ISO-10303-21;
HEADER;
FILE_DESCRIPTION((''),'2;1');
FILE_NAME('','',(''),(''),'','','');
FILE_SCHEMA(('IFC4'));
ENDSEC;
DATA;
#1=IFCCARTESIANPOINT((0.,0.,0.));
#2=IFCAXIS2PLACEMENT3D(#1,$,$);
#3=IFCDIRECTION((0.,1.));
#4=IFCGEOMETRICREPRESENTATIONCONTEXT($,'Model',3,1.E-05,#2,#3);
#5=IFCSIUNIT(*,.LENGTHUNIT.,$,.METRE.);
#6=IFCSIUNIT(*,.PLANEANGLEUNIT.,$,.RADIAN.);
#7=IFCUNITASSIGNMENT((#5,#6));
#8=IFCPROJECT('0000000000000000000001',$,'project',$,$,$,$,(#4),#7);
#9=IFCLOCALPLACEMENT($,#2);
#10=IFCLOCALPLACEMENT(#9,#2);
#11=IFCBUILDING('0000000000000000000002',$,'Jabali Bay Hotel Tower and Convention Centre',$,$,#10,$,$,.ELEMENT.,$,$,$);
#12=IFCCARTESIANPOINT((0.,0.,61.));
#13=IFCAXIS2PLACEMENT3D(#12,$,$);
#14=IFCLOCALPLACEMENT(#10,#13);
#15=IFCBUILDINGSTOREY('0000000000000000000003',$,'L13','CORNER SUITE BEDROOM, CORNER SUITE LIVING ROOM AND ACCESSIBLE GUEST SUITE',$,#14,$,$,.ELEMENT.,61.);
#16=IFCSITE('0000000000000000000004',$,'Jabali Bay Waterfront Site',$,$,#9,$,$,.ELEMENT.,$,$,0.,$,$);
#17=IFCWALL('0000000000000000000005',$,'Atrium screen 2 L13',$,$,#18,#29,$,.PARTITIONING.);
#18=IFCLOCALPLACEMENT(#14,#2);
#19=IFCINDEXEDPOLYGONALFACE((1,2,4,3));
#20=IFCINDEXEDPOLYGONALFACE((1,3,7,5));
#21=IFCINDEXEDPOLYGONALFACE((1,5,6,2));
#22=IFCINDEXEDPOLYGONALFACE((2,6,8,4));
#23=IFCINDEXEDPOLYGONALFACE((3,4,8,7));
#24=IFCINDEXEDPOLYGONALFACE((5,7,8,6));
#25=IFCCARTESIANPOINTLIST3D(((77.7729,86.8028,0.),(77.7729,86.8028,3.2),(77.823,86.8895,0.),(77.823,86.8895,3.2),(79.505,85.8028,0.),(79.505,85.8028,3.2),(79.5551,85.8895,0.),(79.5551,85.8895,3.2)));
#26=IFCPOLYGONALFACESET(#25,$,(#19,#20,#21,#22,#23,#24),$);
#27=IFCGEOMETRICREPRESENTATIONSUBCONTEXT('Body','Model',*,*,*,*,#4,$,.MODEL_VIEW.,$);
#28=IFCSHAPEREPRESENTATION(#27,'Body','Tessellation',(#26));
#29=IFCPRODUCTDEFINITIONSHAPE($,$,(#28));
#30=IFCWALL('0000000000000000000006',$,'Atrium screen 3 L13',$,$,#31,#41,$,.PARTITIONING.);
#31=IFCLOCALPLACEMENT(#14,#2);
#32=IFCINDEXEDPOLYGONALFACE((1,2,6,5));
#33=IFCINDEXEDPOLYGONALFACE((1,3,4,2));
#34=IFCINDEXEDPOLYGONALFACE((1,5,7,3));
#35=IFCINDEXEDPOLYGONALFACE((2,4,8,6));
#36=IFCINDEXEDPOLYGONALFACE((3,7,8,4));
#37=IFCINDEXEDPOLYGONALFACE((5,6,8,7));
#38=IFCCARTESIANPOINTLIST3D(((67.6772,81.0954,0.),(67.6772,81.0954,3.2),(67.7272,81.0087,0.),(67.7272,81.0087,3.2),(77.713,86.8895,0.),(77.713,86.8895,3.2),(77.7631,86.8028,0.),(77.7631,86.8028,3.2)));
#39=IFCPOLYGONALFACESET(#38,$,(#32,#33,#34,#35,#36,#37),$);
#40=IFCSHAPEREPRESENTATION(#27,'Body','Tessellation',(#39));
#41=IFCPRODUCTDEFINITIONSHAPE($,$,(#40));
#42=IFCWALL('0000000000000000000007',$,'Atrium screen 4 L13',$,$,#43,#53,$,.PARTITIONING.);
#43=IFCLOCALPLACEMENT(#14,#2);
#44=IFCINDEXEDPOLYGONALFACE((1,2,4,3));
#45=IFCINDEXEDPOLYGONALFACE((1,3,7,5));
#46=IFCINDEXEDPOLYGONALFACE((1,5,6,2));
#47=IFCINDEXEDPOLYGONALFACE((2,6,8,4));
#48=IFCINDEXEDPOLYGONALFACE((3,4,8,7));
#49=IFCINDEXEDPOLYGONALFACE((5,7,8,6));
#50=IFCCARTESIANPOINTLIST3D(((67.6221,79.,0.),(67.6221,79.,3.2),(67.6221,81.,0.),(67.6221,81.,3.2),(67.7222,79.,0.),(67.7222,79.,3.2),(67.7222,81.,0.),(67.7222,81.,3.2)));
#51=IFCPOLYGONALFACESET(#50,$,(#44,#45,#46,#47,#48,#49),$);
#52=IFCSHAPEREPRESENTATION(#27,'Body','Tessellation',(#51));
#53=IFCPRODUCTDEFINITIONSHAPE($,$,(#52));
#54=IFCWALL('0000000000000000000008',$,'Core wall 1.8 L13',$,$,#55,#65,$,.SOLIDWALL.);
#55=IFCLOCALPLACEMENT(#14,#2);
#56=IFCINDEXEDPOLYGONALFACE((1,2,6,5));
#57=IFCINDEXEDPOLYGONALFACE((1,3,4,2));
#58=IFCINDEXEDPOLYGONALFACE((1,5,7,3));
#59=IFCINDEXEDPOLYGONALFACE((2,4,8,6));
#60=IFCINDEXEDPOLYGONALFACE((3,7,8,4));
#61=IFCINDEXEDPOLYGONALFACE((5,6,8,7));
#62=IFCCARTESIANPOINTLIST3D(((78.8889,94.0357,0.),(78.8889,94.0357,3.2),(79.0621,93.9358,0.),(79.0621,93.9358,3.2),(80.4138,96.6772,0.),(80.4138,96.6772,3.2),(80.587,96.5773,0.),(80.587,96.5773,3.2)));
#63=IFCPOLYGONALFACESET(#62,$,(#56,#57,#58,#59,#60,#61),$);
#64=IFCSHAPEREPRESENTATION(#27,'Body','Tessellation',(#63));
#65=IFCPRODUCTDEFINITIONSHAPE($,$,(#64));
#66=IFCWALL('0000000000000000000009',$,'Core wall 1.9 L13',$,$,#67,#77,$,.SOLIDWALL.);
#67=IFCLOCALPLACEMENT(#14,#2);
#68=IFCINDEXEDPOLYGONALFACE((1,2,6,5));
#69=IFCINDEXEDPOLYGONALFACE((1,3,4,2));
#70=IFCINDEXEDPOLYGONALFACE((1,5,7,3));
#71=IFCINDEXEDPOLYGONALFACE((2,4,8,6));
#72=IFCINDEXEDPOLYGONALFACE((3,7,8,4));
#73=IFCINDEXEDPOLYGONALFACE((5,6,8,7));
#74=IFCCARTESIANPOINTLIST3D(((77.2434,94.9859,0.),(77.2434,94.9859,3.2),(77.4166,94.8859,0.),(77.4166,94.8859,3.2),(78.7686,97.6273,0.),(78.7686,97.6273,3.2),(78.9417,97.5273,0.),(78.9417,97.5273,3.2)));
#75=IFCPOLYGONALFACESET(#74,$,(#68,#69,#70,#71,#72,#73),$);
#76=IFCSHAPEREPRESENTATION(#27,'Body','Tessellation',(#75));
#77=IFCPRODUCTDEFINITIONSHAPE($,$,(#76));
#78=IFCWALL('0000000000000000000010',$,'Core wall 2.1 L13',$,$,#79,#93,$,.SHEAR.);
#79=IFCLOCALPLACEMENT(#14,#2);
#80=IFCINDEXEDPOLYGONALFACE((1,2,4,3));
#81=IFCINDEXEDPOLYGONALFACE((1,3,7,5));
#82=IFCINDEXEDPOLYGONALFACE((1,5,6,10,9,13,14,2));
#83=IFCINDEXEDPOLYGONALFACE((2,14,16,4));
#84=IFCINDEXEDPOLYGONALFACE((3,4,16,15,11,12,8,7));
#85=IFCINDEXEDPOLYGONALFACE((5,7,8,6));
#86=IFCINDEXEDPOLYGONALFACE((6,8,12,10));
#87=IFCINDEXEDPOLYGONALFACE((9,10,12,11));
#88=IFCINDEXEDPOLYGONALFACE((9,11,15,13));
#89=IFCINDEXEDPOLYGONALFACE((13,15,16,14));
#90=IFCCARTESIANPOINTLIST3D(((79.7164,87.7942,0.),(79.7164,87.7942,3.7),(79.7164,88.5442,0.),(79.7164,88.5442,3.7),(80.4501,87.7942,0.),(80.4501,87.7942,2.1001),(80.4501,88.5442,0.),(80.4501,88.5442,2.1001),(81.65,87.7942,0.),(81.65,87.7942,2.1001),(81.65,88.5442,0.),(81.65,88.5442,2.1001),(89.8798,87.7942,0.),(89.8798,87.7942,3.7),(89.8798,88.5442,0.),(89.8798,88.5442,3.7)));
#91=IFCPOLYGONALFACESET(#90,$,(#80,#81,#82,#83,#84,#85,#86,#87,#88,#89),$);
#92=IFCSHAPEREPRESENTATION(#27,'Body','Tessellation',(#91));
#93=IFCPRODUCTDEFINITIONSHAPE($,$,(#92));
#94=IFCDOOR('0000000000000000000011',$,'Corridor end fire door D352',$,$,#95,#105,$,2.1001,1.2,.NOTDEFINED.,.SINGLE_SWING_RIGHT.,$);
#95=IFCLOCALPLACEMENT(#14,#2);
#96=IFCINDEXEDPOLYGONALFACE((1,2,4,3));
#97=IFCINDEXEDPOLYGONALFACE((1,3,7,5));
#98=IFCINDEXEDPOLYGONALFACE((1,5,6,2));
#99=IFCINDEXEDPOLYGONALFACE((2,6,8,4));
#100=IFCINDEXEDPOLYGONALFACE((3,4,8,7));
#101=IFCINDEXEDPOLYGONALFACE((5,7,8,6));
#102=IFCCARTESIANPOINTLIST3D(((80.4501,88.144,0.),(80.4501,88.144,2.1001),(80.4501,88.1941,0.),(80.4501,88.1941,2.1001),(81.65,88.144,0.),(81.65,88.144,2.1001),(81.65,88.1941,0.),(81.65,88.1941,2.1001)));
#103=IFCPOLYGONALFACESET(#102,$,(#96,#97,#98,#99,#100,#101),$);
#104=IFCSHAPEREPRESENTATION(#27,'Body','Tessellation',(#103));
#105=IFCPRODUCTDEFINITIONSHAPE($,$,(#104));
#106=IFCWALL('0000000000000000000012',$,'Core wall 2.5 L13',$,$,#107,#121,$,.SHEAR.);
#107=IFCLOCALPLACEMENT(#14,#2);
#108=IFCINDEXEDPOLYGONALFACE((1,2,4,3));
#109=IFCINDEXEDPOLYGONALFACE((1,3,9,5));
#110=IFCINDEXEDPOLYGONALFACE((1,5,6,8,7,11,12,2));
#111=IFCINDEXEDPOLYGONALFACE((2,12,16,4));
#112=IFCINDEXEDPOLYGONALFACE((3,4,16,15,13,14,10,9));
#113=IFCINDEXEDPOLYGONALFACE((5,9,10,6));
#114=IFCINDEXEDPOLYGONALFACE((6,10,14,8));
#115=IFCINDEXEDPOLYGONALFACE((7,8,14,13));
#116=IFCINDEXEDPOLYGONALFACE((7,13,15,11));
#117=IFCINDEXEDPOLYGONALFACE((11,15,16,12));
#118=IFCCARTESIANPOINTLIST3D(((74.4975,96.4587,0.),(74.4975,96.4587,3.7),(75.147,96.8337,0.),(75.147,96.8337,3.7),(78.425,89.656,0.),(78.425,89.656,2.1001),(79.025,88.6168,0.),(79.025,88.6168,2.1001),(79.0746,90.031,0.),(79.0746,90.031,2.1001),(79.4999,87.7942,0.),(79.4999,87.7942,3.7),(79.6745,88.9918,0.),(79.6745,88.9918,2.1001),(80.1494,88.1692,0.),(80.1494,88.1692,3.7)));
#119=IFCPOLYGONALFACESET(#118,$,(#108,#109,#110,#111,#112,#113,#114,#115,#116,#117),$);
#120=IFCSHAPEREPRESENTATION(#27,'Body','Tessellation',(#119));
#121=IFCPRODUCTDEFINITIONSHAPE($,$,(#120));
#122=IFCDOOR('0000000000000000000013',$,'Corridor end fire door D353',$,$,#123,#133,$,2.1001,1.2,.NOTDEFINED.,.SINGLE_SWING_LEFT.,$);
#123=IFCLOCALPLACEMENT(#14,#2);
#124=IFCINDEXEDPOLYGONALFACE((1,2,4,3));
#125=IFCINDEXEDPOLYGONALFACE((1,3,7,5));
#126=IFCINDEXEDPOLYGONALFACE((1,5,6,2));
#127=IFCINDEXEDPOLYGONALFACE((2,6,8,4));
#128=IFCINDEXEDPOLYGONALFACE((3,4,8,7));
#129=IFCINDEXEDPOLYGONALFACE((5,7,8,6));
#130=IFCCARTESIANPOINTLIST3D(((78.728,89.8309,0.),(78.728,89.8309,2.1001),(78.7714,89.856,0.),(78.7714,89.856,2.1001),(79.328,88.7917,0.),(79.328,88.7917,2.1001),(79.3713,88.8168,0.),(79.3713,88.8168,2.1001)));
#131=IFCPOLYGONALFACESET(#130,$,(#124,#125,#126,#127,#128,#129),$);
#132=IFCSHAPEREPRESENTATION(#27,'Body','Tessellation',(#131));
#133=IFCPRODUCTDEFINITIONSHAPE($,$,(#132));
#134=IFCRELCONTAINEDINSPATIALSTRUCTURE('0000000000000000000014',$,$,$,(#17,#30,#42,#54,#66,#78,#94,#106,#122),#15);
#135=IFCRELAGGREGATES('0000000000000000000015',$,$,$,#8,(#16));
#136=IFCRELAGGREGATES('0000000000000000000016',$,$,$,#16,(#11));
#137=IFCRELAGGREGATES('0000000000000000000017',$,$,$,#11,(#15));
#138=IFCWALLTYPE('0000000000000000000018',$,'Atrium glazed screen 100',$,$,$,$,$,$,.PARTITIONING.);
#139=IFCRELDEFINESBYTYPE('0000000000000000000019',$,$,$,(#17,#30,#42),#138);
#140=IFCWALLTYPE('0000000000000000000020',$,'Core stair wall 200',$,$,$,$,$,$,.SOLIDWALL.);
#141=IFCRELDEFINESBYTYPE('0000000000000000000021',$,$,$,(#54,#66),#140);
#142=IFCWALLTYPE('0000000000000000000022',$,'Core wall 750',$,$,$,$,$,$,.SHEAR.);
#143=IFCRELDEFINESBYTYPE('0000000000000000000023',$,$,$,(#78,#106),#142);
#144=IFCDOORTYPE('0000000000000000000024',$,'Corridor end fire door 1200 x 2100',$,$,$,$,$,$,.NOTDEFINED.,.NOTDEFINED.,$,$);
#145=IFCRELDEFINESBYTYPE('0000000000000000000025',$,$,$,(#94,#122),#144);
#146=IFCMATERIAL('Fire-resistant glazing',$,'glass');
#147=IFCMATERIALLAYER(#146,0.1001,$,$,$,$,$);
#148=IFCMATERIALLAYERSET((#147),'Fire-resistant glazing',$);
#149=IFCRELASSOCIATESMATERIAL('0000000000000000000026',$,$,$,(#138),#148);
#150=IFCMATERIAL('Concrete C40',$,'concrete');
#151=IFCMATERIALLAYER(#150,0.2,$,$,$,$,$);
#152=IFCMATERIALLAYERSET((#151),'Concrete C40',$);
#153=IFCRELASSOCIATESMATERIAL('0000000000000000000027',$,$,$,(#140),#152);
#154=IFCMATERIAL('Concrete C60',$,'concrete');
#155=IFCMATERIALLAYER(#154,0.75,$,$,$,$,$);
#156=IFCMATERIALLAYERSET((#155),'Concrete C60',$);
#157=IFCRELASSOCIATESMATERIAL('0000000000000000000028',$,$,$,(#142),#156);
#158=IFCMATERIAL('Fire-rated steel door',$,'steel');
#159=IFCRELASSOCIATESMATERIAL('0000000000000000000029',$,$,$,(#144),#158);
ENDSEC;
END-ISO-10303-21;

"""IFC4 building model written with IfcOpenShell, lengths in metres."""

from ifc_helpers import new_model, si_unit, direction, frame, frame_2d, origin, place, context, subcontext, project, spatial, rectangle, extrude, material, layer, layer_set, type_object, element, fill, save


model = new_model("IFC4")

# Units and contexts
model_context = context("Model", 3, precision=1e-05, world=origin(), true_north=direction((0.0, 1.0)))
body_context = subcontext(model_context, "Body", "Model", "MODEL_VIEW")
ifc_project = project(units=[si_unit("LENGTHUNIT", "METRE"), si_unit("PLANEANGLEUNIT", "RADIAN")], contexts=[model_context])

# Site, building, storey
site_placement = place(None, origin())
site = spatial("IfcSite", under=ifc_project, at=site_placement, Name="Jabali Bay Waterfront Site", CompositionType="ELEMENT", RefElevation=0.0)
building_placement = place(site_placement, origin())
building = spatial("IfcBuilding", under=site, at=building_placement, Name="Jabali Bay Hotel Tower and Convention Centre", CompositionType="ELEMENT")
storey_placement = place(building_placement, frame((0.0, 0.0, 61.0)))
storey = spatial("IfcBuildingStorey", under=building, at=storey_placement, Name="L13", Description="CORNER SUITE BEDROOM, CORNER SUITE LIVING ROOM AND ACCESSIBLE GUEST SUITE", CompositionType="ELEMENT", Elevation=61.0)

# Walls
ifc_material_1 = material(Name="Fire-resistant glazing", Category="glass")
ifc_layer_1 = layer(ifc_material_1, 0.1001)
ifc_layer_set_1 = layer_set([ifc_layer_1], Name="Fire-resistant glazing")
wall_type_1 = type_object("IfcWallType", Name="Atrium glazed screen 100", PredefinedType="PARTITIONING", material=ifc_layer_set_1)
wall_1_placement = place(storey_placement, frame((79.53, 85.8462, 0.0), z_axis=(0.0, 0.0, 1.0), x_axis=(-0.866041, 0.499973, 0.0)))
element("IfcWall", 1, at=wall_1_placement, inside=storey, type_object=wall_type_1, Name="Atrium screen 2 L13", PredefinedType="PARTITIONING", context=body_context, shape_type="SweptSolid", body=[
    extrude(rectangle(XDim=2.0, YDim=0.1001, at=frame_2d((1.0, 0.0))), origin(), (0.0, 0.0, 1.0), 3.2),
])
wall_2_placement = place(storey_placement, frame((77.738, 86.8462, 0.0), z_axis=(0.0, 0.0, 1.0), x_axis=(-0.866027, -0.499998, 0.0)))
element("IfcWall", 2, at=wall_2_placement, inside=storey, type_object=wall_type_1, Name="Atrium screen 3 L13", PredefinedType="PARTITIONING", context=body_context, shape_type="SweptSolid", body=[
    extrude(rectangle(XDim=11.5884, YDim=0.1001, at=frame_2d((5.7942, 0.0))), origin(), (0.0, 0.0, 1.0), 3.2),
])
wall_3_placement = place(storey_placement, frame((67.6721, 81.0, 0.0), z_axis=(0.0, 0.0, 1.0), x_axis=(0.0, -1.0, 0.0)))
element("IfcWall", 3, at=wall_3_placement, inside=storey, type_object=wall_type_1, Name="Atrium screen 4 L13", PredefinedType="PARTITIONING", context=body_context, shape_type="SweptSolid", body=[
    extrude(rectangle(XDim=2.0, YDim=0.1001, at=frame_2d((1.0, 0.0))), origin(), (0.0, 0.0, 1.0), 3.2),
])
ifc_material_2 = material(Name="Concrete C40", Category="concrete")
ifc_layer_2 = layer(ifc_material_2, 0.2)
ifc_layer_set_2 = layer_set([ifc_layer_2], Name="Concrete C40")
wall_type_2 = type_object("IfcWallType", Name="Core stair wall 200", PredefinedType="SOLIDWALL", material=ifc_layer_set_2)
for number, where, z_axis, x_axis, name in (
    (4, (78.9756, 93.9858, 0.0), (0.0, 0.0, 1.0), (0.499944, 0.866058, 0.0), "Core wall 1.8 L13"),
    (5, (77.3301, 94.936, 0.0), (0.0, 0.0, 1.0), (0.500039, 0.866003, 0.0), "Core wall 1.9 L13"),
):
    element("IfcWall", number, at=place(storey_placement, frame(where, z_axis=z_axis, x_axis=x_axis)), inside=storey, type_object=wall_type_2, Name=name, PredefinedType="SOLIDWALL", context=body_context, shape_type="SweptSolid", body=[
        extrude(rectangle(XDim=3.05, YDim=0.2, at=frame_2d((1.5249, 0.0))), origin(), (0.0, 0.0, 1.0), 3.2),
    ])

# Walls, openings, doors
ifc_material_3 = material(Name="Concrete C60", Category="concrete")
ifc_layer_3 = layer(ifc_material_3, 0.75)
ifc_layer_set_3 = layer_set([ifc_layer_3], Name="Concrete C60")
wall_type_3 = type_object("IfcWallType", Name="Core wall 750", PredefinedType="SHEAR", material=ifc_layer_set_3)
wall_4_placement = place(storey_placement, frame((79.7166, 88.1692, 0.0), z_axis=(0.0, 0.0, 1.0), x_axis=(1.0, 0.0, 0.0)))
wall_4 = element("IfcWall", 6, at=wall_4_placement, inside=storey, type_object=wall_type_3, Name="Core wall 2.1 L13", PredefinedType="SHEAR", context=body_context, shape_type="SweptSolid", body=[
    extrude(rectangle(XDim=10.1633, YDim=0.75, at=frame_2d((5.0815, 0.0))), origin(), (0.0, 0.0, 1.0), 3.7),
])
opening_1_placement = place(wall_4_placement, frame((0.7334, 0.0, 0.0)))
opening_1 = element("IfcOpeningElement", 7, at=opening_1_placement, cuts=wall_4, PredefinedType="OPENING", context=body_context, shape_type="SweptSolid", body=[
    extrude(rectangle(XDim=1.2, YDim=2.1001, at=frame_2d((0.6001, 1.05))), frame((0.0, 0.3855, 0.0), z_axis=(0.0, -1.0, 0.0), x_axis=(1.0, 0.0, 0.0)), (0.0, 0.0, 1.0), 0.771),
])
ifc_material_4 = material(Name="Fire-rated steel door", Category="steel")
door_type_1 = type_object("IfcDoorType", Name="Corridor end fire door 1200 x 2100", OperationType="NOTDEFINED", PredefinedType="NOTDEFINED", material=ifc_material_4)
door_1_placement = place(opening_1_placement, origin())
door_1 = element("IfcDoor", 8, at=door_1_placement, inside=storey, type_object=door_type_1, Name="Corridor end fire door D352", OperationType="SINGLE_SWING_RIGHT", OverallHeight=2.1001, OverallWidth=1.2, PredefinedType="NOTDEFINED", context=body_context, shape_type="SweptSolid", body=[
    extrude(rectangle(XDim=1.2, YDim=2.1001, at=frame_2d((0.6001, 1.05))), frame((0.0, 0.0249, 0.0), z_axis=(0.0, -1.0, 0.0), x_axis=(1.0, 0.0, 0.0)), (0.0, 0.0, 1.0), 0.05),
])
fill(opening_1, door_1)
wall_5_placement = place(storey_placement, frame((74.8223, 96.6462, 0.0), z_axis=(0.0, 0.0, 1.0), x_axis=(0.499997, -0.866027, 0.0)))
wall_5 = element("IfcWall", 9, at=wall_5_placement, inside=storey, type_object=wall_type_3, Name="Core wall 2.5 L13", PredefinedType="SHEAR", context=body_context, shape_type="SweptSolid", body=[
    extrude(rectangle(XDim=10.0049, YDim=0.75, at=frame_2d((5.0024, 0.0))), origin(), (0.0, 0.0, 1.0), 3.7),
])
opening_2_placement = place(wall_5_placement, frame((7.855, 0.0, 0.0)))
opening_2 = element("IfcOpeningElement", 10, at=opening_2_placement, cuts=wall_5, PredefinedType="OPENING", context=body_context, shape_type="SweptSolid", body=[
    extrude(rectangle(XDim=1.2, YDim=2.1001, at=frame_2d((0.6001, 1.05))), frame((0.0, 0.3855, 0.0), z_axis=(0.0, -1.0, 0.0), x_axis=(1.0, 0.0, 0.0)), (0.0, 0.0, 1.0), 0.771),
])
door_2_placement = place(opening_2_placement, origin())
door_2 = element("IfcDoor", 11, at=door_2_placement, inside=storey, type_object=door_type_1, Name="Corridor end fire door D353", OperationType="SINGLE_SWING_LEFT", OverallHeight=2.1001, OverallWidth=1.2, PredefinedType="NOTDEFINED", context=body_context, shape_type="SweptSolid", body=[
    extrude(rectangle(XDim=1.2, YDim=2.1001, at=frame_2d((0.6001, 1.05))), frame((0.0, 0.0249, 0.0), z_axis=(0.0, -1.0, 0.0), x_axis=(1.0, 0.0, 0.0)), (0.0, 0.0, 1.0), 0.05),
])
fill(opening_2, door_2)

save(model, "model.ifc")
